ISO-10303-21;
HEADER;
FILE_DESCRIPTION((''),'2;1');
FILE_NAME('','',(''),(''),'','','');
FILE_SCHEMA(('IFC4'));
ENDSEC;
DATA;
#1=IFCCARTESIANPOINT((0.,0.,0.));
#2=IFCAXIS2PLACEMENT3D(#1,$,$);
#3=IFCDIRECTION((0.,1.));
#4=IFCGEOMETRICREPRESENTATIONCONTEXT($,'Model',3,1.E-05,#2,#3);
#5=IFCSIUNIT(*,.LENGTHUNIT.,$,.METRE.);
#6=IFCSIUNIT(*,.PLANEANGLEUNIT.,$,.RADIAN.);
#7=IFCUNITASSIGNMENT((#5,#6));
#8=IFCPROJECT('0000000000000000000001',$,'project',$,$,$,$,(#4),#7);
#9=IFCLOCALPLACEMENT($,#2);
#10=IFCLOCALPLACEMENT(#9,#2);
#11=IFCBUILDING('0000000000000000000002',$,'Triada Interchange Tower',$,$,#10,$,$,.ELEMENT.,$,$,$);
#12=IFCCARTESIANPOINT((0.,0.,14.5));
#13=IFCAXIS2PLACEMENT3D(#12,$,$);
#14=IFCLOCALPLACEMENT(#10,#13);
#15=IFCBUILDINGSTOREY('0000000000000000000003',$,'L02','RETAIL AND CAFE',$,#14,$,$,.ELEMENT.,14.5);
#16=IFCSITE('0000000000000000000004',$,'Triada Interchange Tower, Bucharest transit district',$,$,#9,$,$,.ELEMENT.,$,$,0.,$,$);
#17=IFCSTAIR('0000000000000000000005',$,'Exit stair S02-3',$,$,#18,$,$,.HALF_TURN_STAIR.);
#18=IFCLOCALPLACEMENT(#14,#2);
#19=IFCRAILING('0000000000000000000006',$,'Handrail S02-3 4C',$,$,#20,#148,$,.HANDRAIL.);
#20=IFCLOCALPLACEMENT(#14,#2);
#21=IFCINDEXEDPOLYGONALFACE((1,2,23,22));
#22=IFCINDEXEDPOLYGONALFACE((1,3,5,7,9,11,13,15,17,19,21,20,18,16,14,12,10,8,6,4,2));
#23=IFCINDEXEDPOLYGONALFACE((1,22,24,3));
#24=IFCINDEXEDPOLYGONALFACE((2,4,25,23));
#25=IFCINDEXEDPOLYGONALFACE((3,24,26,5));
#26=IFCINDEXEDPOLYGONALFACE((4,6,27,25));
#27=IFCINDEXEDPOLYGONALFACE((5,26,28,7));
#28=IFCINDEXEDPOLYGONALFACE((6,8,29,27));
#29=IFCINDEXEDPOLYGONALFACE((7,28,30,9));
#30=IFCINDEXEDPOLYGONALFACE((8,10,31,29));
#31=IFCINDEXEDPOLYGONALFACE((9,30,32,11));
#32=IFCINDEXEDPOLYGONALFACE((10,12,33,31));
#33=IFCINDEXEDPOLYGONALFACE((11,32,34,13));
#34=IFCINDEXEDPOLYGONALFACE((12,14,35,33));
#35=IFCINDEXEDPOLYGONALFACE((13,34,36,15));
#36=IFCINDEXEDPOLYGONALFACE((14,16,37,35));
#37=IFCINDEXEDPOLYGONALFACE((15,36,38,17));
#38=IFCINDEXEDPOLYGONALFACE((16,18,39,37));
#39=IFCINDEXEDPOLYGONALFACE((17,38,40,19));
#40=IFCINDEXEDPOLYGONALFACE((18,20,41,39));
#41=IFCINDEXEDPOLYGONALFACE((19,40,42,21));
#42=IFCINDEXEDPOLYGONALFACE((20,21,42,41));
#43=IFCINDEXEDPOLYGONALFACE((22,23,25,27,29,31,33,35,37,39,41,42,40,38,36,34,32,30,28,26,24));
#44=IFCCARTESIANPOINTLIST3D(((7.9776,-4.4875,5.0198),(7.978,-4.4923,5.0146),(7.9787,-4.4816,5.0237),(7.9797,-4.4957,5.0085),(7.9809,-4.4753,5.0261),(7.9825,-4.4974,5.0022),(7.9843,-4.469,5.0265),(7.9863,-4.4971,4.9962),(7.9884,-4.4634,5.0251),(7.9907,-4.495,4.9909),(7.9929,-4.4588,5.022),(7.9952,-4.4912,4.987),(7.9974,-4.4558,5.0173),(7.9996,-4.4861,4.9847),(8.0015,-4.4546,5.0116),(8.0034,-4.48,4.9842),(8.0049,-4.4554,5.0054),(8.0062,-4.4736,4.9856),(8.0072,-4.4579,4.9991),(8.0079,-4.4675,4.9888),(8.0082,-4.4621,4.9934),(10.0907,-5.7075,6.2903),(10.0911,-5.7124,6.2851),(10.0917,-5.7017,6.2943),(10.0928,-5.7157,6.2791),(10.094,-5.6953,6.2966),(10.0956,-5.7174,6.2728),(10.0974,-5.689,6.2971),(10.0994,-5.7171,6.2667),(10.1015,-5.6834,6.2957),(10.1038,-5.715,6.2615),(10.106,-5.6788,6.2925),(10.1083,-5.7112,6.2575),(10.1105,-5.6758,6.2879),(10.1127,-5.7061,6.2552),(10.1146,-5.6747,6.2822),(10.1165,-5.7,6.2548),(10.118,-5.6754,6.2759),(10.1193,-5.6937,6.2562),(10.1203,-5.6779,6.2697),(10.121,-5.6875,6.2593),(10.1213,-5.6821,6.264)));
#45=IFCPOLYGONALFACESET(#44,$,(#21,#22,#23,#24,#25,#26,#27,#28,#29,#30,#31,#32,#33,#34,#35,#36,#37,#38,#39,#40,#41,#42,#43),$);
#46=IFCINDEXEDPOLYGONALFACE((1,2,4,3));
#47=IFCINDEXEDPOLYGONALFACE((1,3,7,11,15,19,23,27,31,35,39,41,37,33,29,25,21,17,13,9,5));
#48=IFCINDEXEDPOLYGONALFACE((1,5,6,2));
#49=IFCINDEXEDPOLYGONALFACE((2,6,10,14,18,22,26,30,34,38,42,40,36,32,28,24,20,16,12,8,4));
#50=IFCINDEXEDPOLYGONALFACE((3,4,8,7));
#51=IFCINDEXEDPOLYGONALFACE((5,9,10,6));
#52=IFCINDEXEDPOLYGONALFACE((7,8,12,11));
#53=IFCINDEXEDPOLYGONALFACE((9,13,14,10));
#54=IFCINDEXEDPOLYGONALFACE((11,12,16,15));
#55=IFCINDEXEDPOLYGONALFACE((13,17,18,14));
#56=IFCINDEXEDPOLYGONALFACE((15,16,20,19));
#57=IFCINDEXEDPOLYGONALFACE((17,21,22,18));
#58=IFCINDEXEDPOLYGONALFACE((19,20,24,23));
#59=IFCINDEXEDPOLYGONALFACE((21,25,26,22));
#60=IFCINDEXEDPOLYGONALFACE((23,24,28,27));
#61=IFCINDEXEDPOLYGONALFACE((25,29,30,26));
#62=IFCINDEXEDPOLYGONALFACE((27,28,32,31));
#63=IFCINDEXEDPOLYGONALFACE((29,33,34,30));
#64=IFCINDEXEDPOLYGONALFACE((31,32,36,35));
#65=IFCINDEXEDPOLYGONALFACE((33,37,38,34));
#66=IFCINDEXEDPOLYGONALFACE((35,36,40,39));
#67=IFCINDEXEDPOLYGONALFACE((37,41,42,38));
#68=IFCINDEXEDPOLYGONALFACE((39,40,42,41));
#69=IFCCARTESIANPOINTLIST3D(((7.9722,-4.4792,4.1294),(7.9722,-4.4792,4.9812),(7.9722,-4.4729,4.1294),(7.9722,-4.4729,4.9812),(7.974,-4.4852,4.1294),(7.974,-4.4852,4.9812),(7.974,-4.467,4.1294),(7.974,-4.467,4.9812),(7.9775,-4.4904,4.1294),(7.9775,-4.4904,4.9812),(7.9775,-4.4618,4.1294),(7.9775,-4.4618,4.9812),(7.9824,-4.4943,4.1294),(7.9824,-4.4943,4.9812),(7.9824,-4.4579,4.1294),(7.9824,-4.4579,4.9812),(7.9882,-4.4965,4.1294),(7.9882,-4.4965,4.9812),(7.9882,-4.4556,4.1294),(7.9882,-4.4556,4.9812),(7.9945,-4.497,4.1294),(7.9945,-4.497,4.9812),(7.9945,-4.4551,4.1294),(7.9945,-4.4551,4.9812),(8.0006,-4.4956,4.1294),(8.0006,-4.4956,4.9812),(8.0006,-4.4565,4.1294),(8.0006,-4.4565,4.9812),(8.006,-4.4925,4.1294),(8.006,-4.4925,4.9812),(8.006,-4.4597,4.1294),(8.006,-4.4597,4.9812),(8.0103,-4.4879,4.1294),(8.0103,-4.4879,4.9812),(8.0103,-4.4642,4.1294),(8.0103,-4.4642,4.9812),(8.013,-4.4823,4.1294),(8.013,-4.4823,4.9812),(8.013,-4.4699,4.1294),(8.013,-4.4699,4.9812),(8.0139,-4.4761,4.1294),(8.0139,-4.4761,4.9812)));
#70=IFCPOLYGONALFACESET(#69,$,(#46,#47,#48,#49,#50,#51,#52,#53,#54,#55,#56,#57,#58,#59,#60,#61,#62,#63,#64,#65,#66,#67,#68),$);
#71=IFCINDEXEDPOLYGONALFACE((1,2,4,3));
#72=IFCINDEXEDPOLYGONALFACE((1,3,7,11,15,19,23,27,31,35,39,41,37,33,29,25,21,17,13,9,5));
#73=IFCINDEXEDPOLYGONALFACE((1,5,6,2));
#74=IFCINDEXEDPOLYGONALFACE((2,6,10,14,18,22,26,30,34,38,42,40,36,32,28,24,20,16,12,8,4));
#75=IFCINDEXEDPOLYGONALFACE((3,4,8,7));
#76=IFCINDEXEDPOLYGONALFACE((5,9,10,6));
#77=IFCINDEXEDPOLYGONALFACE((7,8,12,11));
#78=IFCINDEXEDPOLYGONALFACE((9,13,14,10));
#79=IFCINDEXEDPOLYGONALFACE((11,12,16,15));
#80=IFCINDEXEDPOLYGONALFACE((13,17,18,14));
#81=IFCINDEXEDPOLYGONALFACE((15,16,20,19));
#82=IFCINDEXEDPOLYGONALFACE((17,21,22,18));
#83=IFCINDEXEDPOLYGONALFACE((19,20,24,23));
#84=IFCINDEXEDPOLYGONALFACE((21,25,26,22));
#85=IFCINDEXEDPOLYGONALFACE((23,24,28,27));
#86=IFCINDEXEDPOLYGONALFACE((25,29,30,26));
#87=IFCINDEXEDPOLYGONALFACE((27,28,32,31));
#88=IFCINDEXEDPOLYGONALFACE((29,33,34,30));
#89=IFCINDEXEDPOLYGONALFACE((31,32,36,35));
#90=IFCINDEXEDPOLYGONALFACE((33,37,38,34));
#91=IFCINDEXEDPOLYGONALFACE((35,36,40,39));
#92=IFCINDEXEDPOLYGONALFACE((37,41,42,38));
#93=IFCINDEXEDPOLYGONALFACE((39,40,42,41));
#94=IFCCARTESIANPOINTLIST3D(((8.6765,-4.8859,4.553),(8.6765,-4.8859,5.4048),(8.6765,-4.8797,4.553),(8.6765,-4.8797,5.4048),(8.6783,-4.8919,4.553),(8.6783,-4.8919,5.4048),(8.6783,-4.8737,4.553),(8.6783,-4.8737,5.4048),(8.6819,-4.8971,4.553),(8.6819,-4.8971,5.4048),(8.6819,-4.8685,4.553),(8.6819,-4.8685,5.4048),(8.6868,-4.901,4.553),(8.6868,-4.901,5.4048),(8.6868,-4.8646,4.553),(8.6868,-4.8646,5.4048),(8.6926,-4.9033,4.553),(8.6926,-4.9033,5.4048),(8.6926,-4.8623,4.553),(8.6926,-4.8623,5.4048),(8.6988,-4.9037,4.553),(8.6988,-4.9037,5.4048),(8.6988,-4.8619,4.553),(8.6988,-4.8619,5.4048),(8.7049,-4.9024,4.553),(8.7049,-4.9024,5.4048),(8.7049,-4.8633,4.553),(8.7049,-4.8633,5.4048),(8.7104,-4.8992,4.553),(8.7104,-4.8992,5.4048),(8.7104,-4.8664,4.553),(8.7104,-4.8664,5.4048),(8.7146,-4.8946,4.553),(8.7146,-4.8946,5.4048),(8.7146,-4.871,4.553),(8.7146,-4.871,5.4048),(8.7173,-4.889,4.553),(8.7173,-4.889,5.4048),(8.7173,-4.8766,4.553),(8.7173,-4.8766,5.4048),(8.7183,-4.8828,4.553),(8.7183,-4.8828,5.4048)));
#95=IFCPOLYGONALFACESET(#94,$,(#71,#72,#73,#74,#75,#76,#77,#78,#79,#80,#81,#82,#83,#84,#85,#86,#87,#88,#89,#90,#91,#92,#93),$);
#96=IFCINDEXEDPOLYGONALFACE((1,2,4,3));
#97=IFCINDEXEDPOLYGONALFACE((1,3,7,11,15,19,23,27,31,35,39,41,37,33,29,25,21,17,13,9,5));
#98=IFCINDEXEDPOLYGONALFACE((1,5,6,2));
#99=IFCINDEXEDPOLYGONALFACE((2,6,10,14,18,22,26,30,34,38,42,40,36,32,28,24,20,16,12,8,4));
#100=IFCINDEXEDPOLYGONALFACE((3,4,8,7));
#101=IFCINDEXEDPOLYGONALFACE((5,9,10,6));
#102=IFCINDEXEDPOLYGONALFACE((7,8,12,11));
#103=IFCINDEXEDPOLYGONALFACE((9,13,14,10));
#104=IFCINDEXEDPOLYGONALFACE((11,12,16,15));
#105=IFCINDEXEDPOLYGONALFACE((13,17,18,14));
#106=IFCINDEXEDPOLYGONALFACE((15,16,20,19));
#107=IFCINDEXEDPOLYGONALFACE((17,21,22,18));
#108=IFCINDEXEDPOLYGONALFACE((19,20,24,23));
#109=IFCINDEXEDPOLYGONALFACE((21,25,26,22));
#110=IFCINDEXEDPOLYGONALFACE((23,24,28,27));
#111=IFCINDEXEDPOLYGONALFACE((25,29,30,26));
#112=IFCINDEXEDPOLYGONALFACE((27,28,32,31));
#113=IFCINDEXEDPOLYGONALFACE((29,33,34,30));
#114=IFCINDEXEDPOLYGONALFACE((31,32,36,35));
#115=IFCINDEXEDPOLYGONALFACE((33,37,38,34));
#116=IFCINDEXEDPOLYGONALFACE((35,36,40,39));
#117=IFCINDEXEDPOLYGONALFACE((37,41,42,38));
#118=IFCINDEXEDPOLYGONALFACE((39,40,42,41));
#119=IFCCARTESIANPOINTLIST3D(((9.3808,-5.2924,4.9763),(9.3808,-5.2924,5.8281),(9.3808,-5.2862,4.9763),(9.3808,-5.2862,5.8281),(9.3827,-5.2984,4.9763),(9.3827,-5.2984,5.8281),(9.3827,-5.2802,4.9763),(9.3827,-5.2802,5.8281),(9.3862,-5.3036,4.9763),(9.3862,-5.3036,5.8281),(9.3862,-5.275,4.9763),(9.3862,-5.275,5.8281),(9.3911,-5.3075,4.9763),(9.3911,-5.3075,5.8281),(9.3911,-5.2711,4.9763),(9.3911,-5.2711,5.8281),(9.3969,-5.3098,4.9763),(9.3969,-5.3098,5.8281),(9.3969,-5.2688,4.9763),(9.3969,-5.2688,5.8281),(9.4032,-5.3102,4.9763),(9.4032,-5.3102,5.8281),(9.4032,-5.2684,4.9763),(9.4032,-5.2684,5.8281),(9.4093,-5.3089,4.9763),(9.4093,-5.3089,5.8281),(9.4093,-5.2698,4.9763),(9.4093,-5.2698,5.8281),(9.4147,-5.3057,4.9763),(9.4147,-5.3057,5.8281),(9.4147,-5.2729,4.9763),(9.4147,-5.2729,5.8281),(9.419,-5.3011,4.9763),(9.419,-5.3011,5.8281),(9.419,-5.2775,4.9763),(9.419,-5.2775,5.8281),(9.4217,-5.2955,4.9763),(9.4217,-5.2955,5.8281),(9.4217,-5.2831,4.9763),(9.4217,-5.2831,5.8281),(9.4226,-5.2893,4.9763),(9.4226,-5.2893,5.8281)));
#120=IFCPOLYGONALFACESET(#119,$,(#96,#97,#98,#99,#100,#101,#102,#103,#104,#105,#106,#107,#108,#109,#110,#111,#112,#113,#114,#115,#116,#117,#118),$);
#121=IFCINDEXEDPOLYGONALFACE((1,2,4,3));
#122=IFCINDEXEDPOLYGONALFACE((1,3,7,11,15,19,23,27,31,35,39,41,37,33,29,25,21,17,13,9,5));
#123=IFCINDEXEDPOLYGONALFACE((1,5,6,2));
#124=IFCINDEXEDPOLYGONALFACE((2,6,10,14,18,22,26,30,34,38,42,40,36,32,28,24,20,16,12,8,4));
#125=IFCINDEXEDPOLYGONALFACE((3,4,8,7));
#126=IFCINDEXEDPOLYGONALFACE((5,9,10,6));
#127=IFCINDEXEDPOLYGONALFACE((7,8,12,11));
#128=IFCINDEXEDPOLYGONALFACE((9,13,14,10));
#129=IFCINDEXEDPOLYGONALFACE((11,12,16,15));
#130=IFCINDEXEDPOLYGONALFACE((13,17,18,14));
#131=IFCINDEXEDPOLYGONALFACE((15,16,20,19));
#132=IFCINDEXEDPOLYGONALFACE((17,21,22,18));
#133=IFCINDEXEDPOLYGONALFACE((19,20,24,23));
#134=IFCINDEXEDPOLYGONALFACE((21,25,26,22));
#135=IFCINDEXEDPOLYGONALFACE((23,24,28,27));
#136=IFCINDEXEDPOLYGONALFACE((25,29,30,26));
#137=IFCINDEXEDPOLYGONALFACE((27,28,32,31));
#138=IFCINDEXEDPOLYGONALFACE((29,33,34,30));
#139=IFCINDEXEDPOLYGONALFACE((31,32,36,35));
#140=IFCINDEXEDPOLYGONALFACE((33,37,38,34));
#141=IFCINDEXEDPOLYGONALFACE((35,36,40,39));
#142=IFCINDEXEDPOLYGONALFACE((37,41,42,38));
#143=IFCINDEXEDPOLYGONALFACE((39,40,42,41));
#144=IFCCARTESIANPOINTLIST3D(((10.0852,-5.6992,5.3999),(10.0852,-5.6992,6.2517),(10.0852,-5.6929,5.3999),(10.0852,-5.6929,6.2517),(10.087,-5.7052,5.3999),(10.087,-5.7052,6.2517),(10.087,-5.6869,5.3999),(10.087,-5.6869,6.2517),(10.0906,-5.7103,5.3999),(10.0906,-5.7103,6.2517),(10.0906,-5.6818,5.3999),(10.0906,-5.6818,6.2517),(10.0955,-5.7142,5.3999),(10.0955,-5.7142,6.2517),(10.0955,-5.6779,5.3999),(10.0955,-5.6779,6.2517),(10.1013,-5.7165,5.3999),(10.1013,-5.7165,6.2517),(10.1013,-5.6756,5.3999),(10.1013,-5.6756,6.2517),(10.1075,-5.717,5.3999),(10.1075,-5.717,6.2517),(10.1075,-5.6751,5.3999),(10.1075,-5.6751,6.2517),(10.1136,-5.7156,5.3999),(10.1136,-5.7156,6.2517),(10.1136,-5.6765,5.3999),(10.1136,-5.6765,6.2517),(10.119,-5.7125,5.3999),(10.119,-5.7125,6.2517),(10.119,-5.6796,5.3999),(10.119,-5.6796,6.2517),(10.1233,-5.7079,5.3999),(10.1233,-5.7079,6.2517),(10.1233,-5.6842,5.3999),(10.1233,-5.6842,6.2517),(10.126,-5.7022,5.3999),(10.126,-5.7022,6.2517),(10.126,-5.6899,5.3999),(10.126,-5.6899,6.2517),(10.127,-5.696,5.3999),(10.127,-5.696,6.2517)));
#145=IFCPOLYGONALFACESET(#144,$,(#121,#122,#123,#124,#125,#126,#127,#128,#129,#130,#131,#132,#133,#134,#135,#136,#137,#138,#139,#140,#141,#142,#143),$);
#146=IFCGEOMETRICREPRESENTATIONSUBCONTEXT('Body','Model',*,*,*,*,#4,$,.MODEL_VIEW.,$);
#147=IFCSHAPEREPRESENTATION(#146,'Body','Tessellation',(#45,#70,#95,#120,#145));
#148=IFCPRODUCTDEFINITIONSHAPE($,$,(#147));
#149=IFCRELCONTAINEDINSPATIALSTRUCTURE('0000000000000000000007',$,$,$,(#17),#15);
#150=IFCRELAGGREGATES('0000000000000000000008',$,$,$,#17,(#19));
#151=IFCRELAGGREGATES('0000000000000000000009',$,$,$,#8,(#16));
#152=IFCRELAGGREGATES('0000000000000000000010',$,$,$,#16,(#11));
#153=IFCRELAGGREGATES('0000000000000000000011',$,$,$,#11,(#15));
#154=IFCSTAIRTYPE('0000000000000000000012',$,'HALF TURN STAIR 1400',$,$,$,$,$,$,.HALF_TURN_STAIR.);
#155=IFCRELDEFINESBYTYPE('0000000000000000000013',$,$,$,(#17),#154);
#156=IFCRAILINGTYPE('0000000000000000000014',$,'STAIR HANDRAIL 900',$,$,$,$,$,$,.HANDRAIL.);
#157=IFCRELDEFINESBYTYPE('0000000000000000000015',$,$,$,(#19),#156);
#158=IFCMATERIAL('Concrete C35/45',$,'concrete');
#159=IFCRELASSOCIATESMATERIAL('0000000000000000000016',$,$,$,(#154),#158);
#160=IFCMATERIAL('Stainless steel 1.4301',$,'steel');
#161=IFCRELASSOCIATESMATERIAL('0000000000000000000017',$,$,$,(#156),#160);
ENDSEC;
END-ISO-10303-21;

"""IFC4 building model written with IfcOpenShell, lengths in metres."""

from ifc_helpers import new_model, si_unit, direction, frame, origin, origin_2d, place, context, subcontext, project, spatial, circle, extrude, material, type_object, element, aggregate, save


model = new_model("IFC4")

# Units and contexts
model_context = context("Model", 3, precision=1e-05, world=origin(), true_north=direction((0.0, 1.0)))
body_context = subcontext(model_context, "Body", "Model", "MODEL_VIEW")
ifc_project = project(units=[si_unit("LENGTHUNIT", "METRE"), si_unit("PLANEANGLEUNIT", "RADIAN")], contexts=[model_context])

# Site, building, storey
site_placement = place(None, origin())
site = spatial("IfcSite", under=ifc_project, at=site_placement, Name="Triada Interchange Tower, Bucharest transit district", CompositionType="ELEMENT", RefElevation=0.0)
building_placement = place(site_placement, origin())
building = spatial("IfcBuilding", under=site, at=building_placement, Name="Triada Interchange Tower", CompositionType="ELEMENT")
storey_placement = place(building_placement, frame((0.0, 0.0, 14.5)))
storey = spatial("IfcBuildingStorey", under=building, at=storey_placement, Name="L02", Description="RETAIL AND CAFE", CompositionType="ELEMENT", Elevation=14.5)

# Shared definitions
ifc_material_1 = material(Name="Concrete C35/45", Category="concrete")

# Stair, railing
stair_type = type_object("IfcStairType", Name="HALF TURN STAIR 1400", PredefinedType="HALF_TURN_STAIR", material=ifc_material_1)
stair_placement = place(storey_placement, origin())
stair = element("IfcStair", 1, at=stair_placement, inside=storey, type_object=stair_type, Name="Exit stair S02-3", PredefinedType="HALF_TURN_STAIR")
ifc_material_2 = material(Name="Stainless steel 1.4301", Category="steel")
railing_type = type_object("IfcRailingType", Name="STAIR HANDRAIL 900", PredefinedType="HANDRAIL", material=ifc_material_2)
railing_1_placement = place(storey_placement, frame((7.9929, -4.4761, 4.1294)))
railing_1 = element("IfcRailing", 2, at=railing_1_placement, type_object=railing_type, Name="Handrail S02-3 4C", PredefinedType="HANDRAIL", context=body_context, shape_type="SweptSolid", body=[
    extrude(circle(Radius=0.0239, at=origin_2d()), frame((0.0, 0.0, 0.876), z_axis=(0.768126, -0.443481, 0.461852), x_axis=(0.500003, 0.866024, 0.0)), (0.0, 0.0, 1.0), 2.751),
    extrude(circle(Radius=0.021, at=origin_2d()), origin(), (0.0, 0.0, 1.0), 0.8518),
    extrude(circle(Radius=0.021, at=origin_2d()), frame((0.7043, -0.4067, 0.4236)), (0.0, 0.0, 1.0), 0.8518),
    extrude(circle(Radius=0.021, at=origin_2d()), frame((1.4087, -0.8132, 0.8469)), (0.0, 0.0, 1.0), 0.8518),
    extrude(circle(Radius=0.021, at=origin_2d()), frame((2.113, -1.22, 1.2705)), (0.0, 0.0, 1.0), 0.8518),
])
aggregate(stair, [railing_1])

save(model, "model.ifc")
